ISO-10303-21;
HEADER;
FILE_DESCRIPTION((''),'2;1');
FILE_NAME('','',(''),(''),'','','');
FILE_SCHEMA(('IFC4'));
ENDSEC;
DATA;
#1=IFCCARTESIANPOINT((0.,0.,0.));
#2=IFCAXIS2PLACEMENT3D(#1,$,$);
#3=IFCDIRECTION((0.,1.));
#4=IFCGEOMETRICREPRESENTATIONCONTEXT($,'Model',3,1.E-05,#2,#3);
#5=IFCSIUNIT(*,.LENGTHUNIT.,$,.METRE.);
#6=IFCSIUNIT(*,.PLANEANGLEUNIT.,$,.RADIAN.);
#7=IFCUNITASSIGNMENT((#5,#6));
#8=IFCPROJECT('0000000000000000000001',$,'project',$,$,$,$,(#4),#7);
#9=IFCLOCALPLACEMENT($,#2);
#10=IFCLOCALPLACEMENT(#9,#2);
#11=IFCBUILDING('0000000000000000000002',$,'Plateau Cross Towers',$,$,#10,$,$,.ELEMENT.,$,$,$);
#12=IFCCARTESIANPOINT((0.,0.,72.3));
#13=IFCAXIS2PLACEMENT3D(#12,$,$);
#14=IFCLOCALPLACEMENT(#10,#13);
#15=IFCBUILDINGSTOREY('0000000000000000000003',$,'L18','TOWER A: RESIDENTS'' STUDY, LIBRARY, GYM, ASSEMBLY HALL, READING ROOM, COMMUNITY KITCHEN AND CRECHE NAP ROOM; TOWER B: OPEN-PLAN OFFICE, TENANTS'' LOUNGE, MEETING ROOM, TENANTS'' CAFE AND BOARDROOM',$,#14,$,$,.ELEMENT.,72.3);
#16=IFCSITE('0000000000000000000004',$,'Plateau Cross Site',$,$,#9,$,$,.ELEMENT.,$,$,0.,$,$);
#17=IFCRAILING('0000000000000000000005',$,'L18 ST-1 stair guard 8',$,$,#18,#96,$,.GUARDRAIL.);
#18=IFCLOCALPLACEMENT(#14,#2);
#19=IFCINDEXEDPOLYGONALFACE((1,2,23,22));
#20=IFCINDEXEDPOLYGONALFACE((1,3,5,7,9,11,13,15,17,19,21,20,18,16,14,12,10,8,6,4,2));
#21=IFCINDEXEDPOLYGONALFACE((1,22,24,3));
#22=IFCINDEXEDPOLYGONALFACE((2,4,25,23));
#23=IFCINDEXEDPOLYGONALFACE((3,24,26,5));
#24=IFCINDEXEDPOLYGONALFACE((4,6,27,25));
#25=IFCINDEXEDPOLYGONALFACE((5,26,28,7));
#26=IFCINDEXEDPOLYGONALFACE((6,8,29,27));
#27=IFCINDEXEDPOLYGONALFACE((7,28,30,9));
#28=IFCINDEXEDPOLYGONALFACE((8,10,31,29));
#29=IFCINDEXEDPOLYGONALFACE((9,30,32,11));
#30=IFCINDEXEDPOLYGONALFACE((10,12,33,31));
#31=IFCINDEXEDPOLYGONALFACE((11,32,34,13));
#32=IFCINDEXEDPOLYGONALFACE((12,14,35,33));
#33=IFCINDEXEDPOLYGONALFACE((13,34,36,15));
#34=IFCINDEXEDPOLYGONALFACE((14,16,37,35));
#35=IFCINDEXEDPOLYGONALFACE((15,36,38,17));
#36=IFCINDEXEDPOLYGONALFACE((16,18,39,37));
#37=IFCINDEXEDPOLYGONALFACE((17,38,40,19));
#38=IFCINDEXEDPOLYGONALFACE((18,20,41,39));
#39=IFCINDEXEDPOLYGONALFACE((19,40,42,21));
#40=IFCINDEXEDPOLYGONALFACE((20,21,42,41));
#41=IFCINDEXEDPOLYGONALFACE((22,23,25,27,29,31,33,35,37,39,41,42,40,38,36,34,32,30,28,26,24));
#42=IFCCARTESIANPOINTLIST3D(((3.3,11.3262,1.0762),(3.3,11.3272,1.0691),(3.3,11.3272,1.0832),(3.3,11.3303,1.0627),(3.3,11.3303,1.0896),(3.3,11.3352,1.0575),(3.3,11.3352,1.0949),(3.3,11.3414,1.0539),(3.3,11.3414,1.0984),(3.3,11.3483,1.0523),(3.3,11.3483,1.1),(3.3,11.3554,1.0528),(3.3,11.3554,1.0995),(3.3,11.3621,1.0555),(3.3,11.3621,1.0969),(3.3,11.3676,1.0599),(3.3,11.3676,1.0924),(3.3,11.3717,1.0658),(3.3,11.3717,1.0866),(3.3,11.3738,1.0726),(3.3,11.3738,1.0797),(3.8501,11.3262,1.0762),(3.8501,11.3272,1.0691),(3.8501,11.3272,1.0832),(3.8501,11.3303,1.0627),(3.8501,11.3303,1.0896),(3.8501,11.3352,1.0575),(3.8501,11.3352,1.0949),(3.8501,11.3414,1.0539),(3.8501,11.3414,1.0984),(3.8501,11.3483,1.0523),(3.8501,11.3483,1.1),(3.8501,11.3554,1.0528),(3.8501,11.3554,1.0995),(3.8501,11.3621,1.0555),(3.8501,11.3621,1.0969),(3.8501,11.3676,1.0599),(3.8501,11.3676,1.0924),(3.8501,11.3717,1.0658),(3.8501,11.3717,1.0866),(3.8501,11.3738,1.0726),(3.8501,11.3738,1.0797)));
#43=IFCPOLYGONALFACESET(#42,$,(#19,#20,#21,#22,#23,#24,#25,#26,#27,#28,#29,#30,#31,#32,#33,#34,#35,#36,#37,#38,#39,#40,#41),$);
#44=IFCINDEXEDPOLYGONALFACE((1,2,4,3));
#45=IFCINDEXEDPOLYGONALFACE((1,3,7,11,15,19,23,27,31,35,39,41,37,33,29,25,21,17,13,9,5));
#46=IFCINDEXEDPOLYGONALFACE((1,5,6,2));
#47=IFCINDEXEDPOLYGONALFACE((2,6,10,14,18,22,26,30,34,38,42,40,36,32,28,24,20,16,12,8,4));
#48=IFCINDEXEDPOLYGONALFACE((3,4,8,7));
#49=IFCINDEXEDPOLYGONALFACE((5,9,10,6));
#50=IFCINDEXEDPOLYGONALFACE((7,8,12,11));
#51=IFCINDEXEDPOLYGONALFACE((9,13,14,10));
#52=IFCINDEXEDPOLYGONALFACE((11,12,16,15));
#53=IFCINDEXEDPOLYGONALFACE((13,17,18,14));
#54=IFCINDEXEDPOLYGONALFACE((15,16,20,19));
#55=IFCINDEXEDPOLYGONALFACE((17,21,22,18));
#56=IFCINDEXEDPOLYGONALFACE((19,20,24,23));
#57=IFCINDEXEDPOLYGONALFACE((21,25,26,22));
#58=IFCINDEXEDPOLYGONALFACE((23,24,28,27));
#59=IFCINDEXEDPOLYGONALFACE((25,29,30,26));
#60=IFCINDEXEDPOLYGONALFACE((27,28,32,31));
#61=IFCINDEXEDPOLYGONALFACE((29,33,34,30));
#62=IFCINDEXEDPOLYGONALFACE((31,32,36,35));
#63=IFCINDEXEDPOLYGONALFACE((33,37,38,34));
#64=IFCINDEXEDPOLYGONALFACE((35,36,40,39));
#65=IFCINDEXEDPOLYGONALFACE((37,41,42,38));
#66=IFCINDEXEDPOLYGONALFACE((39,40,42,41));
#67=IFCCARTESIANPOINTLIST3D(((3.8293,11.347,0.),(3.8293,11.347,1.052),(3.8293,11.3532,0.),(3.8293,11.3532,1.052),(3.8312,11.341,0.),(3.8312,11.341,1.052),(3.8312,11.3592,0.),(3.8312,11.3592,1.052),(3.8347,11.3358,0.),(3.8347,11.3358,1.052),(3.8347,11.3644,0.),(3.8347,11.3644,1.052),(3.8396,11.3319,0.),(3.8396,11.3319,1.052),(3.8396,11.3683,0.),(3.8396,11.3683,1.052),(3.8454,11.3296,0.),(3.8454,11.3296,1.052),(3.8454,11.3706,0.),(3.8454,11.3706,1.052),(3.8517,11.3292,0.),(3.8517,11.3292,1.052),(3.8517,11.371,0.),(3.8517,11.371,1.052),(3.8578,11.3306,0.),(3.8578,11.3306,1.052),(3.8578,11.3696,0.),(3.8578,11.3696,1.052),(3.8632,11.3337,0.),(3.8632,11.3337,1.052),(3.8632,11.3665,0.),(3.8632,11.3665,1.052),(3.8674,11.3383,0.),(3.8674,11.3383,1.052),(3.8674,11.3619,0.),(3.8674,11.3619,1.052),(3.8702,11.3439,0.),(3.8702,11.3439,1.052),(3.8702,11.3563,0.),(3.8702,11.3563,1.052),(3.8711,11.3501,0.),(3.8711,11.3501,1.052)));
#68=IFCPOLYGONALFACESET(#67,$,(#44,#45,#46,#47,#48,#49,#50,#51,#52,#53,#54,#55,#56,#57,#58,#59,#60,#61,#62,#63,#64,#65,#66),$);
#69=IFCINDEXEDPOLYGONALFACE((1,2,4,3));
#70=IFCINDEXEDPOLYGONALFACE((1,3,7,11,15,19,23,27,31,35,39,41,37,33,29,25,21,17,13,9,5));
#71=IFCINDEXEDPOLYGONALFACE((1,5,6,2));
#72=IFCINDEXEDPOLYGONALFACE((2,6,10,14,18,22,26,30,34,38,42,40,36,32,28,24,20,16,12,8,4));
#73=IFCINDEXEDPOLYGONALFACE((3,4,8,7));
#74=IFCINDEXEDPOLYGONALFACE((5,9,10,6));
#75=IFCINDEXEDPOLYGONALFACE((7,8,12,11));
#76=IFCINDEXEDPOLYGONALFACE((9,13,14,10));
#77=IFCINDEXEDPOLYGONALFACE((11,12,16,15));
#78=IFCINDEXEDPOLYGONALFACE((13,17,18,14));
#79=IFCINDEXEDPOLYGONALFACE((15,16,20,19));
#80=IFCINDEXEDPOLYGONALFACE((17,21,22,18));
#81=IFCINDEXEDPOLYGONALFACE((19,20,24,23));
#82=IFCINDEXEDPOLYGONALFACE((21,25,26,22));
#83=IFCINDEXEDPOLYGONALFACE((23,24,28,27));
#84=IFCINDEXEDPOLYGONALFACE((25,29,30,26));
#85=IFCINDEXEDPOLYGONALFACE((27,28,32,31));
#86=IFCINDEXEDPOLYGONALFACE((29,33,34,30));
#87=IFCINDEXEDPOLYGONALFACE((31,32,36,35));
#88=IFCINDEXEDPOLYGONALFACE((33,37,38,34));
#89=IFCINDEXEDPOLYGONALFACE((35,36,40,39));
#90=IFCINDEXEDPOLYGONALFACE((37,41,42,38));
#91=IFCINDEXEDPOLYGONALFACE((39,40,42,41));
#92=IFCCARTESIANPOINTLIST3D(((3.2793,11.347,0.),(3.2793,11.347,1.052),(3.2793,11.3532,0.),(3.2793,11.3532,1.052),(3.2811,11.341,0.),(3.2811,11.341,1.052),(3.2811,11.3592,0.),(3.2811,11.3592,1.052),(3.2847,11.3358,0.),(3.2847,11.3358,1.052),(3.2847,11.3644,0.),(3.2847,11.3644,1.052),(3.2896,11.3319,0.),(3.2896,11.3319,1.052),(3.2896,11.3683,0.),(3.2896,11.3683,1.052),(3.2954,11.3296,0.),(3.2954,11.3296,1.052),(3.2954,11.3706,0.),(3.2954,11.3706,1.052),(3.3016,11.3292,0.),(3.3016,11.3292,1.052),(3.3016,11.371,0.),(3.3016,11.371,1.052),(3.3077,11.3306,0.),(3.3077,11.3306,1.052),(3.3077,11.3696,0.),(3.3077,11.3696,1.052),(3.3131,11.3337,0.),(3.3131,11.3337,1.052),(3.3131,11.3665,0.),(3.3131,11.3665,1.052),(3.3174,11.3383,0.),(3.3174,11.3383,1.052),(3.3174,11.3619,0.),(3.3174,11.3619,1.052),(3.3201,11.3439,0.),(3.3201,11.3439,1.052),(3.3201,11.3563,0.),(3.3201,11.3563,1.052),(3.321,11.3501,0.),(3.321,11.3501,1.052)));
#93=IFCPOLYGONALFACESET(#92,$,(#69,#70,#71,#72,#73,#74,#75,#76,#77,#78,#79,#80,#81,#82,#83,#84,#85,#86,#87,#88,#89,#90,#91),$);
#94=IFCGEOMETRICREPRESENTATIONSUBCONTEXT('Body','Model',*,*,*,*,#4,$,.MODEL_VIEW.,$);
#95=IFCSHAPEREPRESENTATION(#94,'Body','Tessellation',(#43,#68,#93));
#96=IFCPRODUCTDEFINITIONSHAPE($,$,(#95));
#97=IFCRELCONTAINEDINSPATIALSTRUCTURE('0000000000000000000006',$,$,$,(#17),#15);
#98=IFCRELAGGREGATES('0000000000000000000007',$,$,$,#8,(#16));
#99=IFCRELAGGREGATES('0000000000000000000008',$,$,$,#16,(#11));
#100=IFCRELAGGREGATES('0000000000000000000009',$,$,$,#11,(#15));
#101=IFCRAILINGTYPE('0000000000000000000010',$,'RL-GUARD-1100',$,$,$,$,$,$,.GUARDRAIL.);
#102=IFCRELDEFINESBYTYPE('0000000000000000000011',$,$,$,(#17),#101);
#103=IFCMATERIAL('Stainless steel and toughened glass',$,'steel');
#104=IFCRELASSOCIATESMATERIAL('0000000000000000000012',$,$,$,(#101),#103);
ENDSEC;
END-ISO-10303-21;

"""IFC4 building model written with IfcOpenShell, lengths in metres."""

from ifc_helpers import new_model, si_unit, direction, frame, origin, origin_2d, place, context, subcontext, project, spatial, circle, extrude, material, type_object, element, save


model = new_model("IFC4")

# Units and contexts
model_context = context("Model", 3, precision=1e-05, world=origin(), true_north=direction((0.0, 1.0)))
body_context = subcontext(model_context, "Body", "Model", "MODEL_VIEW")
ifc_project = project(units=[si_unit("LENGTHUNIT", "METRE"), si_unit("PLANEANGLEUNIT", "RADIAN")], contexts=[model_context])

# Site, building, storey
site_placement = place(None, origin())
site = spatial("IfcSite", under=ifc_project, at=site_placement, Name="Plateau Cross Site", CompositionType="ELEMENT", RefElevation=0.0)
building_placement = place(site_placement, origin())
building = spatial("IfcBuilding", under=site, at=building_placement, Name="Plateau Cross Towers", CompositionType="ELEMENT")
storey_placement = place(building_placement, frame((0.0, 0.0, 72.3)))
storey = spatial("IfcBuildingStorey", under=building, at=storey_placement, Name="L18", Description="TOWER A: RESIDENTS' STUDY, LIBRARY, GYM, ASSEMBLY HALL, READING ROOM, COMMUNITY KITCHEN AND CRECHE NAP ROOM; TOWER B: OPEN-PLAN OFFICE, TENANTS' LOUNGE, MEETING ROOM, TENANTS' CAFE AND BOARDROOM", CompositionType="ELEMENT", Elevation=72.3)

# Railing
ifc_material_1 = material(Name="Stainless steel and toughened glass", Category="steel")
railing_type = type_object("IfcRailingType", Name="RL-GUARD-1100", PredefinedType="GUARDRAIL", material=ifc_material_1)
railing_1_placement = place(storey_placement, frame((3.8501, 11.3501, 0.0)))
element("IfcRailing", 1, at=railing_1_placement, inside=storey, type_object=railing_type, Name="L18 ST-1 stair guard 8", PredefinedType="GUARDRAIL", context=body_context, shape_type="SweptSolid", body=[
    extrude(circle(Radius=0.0239, at=origin_2d()), frame((0.0, 0.0, 1.0762), z_axis=(-1.0, 0.0, 0.0), x_axis=(0.0, -1.0, 0.0)), (0.0, 0.0, 1.0), 0.55),
    extrude(circle(Radius=0.021, at=origin_2d()), origin(), (0.0, 0.0, 1.0), 1.052),
    extrude(circle(Radius=0.021, at=origin_2d()), frame((-0.55, 0.0, 0.0)), (0.0, 0.0, 1.0), 1.052),
])

save(model, "model.ifc")
